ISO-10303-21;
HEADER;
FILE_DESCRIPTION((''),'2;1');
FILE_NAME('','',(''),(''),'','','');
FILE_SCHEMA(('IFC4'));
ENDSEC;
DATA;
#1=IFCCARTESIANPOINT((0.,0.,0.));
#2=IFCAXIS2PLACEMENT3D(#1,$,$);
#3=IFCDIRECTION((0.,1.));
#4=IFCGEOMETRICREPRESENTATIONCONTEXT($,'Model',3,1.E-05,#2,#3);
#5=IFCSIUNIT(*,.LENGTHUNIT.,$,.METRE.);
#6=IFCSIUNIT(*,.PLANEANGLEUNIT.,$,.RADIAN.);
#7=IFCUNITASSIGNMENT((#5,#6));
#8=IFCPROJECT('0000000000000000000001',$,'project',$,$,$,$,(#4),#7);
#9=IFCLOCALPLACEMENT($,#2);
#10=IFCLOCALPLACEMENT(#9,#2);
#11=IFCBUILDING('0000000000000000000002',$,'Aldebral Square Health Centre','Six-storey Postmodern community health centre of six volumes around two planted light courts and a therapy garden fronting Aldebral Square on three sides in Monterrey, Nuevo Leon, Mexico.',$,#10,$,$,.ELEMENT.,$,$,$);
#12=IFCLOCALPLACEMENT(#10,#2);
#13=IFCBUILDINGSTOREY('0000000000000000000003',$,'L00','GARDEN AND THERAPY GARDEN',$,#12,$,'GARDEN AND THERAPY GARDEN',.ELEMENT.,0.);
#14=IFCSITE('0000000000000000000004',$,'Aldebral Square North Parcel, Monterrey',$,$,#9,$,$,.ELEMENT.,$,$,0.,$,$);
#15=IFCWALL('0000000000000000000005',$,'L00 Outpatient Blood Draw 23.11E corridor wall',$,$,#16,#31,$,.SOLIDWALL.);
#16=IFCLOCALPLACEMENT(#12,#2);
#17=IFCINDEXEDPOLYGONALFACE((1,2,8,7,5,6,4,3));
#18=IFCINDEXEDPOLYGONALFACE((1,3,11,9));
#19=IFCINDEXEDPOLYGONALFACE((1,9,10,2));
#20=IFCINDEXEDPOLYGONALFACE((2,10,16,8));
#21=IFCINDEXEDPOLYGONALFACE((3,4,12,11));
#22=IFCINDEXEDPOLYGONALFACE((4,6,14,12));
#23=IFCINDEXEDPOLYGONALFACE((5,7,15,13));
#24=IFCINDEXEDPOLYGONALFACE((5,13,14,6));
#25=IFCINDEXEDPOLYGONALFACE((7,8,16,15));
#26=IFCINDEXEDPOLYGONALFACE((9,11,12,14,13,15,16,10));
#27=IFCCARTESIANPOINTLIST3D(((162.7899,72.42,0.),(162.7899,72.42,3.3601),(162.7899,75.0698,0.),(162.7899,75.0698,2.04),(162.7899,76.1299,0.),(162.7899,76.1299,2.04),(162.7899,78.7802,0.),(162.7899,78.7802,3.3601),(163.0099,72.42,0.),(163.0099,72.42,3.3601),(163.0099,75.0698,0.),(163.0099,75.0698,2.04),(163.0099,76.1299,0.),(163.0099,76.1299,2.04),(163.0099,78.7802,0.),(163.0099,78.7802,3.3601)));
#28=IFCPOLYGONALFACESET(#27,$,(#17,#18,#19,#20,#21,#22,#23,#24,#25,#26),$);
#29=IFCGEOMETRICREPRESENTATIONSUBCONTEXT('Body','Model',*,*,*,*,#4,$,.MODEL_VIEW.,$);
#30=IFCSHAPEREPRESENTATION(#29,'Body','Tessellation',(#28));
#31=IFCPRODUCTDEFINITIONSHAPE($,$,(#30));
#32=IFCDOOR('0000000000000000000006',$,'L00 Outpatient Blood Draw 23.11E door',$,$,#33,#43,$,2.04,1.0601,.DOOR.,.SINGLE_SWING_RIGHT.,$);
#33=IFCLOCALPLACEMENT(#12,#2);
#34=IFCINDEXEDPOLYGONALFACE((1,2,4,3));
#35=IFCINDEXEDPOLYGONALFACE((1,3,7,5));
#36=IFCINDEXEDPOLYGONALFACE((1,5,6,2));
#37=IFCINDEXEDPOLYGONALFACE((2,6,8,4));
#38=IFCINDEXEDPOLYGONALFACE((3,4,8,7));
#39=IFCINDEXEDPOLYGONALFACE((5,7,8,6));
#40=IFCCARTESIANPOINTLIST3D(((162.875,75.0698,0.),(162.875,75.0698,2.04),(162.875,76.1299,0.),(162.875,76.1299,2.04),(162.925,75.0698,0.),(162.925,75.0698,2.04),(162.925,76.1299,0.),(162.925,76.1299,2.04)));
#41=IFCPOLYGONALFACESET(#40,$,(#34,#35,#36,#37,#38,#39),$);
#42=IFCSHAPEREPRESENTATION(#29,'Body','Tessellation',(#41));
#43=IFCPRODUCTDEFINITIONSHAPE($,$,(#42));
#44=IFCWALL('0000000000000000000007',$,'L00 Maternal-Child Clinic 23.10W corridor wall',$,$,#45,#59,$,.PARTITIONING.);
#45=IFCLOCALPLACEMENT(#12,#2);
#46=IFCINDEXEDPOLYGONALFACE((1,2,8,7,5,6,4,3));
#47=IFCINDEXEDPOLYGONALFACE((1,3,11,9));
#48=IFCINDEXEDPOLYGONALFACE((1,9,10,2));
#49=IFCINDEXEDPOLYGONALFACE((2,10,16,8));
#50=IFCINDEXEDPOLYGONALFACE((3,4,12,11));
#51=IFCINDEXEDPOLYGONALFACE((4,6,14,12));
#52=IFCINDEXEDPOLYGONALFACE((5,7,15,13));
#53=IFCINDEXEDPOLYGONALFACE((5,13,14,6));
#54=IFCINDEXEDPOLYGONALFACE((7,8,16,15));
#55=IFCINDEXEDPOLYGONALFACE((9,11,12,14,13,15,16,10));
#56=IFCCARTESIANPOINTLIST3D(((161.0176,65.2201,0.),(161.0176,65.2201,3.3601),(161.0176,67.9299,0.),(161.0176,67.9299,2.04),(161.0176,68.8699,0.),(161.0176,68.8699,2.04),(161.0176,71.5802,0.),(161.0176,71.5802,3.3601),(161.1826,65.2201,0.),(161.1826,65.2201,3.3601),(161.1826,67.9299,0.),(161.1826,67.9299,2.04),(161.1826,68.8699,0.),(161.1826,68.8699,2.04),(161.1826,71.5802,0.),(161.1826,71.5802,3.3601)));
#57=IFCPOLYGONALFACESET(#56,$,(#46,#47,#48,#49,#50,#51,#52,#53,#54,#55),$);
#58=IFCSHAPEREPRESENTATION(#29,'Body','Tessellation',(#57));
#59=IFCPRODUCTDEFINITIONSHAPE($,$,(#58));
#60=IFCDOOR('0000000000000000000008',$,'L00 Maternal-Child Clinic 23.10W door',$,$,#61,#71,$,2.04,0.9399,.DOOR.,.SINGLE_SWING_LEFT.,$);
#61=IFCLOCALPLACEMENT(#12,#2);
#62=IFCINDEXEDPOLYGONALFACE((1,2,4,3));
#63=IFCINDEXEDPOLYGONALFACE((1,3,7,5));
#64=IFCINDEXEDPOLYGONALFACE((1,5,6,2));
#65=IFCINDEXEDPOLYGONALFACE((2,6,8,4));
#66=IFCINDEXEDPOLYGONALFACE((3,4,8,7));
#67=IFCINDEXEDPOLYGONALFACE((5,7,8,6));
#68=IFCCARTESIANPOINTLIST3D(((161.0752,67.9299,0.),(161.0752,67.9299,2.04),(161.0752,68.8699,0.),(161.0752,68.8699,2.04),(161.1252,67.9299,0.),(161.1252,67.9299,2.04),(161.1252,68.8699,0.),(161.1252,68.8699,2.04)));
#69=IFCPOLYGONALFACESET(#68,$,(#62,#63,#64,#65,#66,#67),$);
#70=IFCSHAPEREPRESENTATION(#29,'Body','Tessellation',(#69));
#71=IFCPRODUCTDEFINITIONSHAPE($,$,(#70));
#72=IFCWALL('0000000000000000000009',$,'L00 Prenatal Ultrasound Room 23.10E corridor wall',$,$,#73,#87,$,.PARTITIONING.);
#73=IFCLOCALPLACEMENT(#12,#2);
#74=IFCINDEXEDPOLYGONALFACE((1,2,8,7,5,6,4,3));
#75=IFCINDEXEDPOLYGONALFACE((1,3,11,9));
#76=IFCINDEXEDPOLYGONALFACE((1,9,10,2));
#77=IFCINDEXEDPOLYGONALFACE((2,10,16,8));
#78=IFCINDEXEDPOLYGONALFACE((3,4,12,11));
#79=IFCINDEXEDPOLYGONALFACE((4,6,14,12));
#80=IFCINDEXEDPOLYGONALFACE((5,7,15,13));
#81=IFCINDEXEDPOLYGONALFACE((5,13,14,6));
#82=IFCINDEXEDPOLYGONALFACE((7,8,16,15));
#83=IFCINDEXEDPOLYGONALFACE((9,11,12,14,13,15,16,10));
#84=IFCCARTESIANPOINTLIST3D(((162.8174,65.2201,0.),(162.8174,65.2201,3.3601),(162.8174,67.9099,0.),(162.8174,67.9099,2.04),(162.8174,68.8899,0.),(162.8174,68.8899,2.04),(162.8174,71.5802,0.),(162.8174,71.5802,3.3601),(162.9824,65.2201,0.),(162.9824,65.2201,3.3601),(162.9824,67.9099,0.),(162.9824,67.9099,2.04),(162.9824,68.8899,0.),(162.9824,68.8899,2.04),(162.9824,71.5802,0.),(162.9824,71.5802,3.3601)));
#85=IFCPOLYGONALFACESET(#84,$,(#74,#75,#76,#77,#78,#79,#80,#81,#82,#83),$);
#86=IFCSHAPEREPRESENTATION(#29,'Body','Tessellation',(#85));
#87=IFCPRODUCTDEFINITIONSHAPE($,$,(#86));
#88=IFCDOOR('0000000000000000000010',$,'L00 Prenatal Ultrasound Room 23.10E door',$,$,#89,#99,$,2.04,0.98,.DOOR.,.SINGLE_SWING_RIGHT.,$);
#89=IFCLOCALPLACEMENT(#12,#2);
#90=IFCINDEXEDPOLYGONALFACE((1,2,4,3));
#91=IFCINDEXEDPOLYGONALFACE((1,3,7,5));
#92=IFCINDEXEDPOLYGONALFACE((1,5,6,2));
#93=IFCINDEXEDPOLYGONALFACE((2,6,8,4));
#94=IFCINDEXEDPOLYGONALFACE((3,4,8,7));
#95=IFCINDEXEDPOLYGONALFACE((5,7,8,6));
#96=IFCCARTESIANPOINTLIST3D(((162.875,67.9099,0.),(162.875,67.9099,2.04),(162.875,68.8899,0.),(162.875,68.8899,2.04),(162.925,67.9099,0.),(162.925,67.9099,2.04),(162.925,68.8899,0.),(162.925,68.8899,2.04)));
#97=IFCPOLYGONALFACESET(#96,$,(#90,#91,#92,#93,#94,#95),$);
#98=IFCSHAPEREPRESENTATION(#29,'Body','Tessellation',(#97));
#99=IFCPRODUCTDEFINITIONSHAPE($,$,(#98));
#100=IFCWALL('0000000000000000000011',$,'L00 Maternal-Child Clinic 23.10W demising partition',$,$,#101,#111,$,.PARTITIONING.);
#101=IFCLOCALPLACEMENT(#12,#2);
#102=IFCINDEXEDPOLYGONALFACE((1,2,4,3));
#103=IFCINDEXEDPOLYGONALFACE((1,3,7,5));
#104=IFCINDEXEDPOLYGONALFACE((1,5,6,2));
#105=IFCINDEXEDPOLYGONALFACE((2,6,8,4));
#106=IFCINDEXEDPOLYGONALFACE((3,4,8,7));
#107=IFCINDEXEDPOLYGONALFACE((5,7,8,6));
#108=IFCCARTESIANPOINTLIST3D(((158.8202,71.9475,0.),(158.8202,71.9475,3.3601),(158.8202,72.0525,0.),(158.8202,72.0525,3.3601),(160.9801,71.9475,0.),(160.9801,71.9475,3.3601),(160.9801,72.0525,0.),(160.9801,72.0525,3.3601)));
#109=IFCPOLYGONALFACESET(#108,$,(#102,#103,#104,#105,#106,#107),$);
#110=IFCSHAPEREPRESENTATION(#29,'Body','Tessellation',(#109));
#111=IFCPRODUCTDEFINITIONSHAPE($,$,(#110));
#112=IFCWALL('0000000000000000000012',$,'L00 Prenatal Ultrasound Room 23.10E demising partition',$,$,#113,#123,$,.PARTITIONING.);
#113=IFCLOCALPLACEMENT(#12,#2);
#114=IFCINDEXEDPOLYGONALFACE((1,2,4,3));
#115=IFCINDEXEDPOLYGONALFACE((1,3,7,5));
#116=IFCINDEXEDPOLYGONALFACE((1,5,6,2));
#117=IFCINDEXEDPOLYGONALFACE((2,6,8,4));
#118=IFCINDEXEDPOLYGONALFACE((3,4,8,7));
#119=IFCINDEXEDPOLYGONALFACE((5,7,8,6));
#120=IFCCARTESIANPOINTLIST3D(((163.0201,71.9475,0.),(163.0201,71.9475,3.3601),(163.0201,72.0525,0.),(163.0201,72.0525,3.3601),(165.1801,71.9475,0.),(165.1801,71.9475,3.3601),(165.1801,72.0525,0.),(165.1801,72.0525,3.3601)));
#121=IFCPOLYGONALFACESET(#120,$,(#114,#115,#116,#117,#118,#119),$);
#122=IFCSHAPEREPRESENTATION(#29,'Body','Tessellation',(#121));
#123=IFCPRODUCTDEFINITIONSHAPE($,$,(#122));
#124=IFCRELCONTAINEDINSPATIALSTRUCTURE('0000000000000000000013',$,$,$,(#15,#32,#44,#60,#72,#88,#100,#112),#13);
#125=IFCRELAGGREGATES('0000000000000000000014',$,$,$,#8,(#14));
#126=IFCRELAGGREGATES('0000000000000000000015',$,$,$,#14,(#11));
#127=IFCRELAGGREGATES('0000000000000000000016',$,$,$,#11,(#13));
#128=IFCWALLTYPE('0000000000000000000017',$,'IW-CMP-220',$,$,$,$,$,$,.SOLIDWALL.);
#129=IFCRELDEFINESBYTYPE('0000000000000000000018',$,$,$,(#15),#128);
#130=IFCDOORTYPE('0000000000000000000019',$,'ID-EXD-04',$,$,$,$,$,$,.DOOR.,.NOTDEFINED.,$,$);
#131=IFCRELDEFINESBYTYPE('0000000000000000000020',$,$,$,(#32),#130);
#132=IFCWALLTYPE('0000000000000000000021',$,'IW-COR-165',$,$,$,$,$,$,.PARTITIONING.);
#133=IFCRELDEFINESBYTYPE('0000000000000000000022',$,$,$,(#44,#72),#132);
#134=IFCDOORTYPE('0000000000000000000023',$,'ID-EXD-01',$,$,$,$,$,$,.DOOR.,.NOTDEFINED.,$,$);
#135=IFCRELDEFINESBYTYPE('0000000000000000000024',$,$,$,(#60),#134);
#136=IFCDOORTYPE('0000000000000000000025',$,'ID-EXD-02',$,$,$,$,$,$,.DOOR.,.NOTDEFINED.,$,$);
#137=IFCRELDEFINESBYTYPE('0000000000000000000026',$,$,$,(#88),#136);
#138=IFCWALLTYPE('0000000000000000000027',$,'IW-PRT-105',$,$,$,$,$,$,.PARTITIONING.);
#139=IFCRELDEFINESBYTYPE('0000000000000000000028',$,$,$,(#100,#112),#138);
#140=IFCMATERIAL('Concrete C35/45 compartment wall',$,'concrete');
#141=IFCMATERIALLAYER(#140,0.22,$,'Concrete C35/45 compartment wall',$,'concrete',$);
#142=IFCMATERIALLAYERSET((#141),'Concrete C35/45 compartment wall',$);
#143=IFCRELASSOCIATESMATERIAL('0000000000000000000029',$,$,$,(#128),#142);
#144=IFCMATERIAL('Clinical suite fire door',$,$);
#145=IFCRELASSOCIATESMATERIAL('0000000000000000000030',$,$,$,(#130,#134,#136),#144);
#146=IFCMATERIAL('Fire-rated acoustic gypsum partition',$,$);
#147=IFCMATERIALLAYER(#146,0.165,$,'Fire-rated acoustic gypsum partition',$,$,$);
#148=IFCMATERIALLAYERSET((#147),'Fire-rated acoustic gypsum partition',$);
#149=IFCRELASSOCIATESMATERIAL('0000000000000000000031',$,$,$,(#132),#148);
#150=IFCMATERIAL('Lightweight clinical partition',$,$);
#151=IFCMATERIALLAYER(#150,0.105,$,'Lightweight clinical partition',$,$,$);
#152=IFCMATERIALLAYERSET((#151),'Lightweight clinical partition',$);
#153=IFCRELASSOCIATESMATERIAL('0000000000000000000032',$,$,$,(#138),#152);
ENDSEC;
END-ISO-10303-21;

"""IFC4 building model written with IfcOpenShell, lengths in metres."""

from ifc_helpers import new_model, si_unit, direction, frame, frame_2d, origin, place, context, subcontext, project, spatial, rectangle, extrude, material, layer, layer_set, type_object, element, fill, save


model = new_model("IFC4")

# Units and contexts
model_context = context("Model", 3, precision=1e-05, world=origin(), true_north=direction((0.0, 1.0)))
body_context = subcontext(model_context, "Body", "Model", "MODEL_VIEW")
ifc_project = project(units=[si_unit("LENGTHUNIT", "METRE"), si_unit("PLANEANGLEUNIT", "RADIAN")], contexts=[model_context])

# Site, building, storey
site_placement = place(None, origin())
site = spatial("IfcSite", under=ifc_project, at=site_placement, Name="Aldebral Square North Parcel, Monterrey", CompositionType="ELEMENT", RefElevation=0.0)
building_placement = place(site_placement, origin())
building = spatial("IfcBuilding", under=site, at=building_placement, Name="Aldebral Square Health Centre", Description="Six-storey Postmodern community health centre of six volumes around two planted light courts and a therapy garden fronting Aldebral Square on three sides in Monterrey, Nuevo Leon, Mexico.", CompositionType="ELEMENT")
storey_placement = place(building_placement, origin())
storey = spatial("IfcBuildingStorey", under=building, at=storey_placement, Name="L00", Description="GARDEN AND THERAPY GARDEN", LongName="GARDEN AND THERAPY GARDEN", CompositionType="ELEMENT", Elevation=0.0)

# Walls, openings, doors
ifc_material_1 = material(Name="Concrete C35/45 compartment wall", Category="concrete")
ifc_layer_1 = layer(ifc_material_1, 0.22, Name="Concrete C35/45 compartment wall", Category="concrete")
ifc_layer_set_1 = layer_set([ifc_layer_1], Name="Concrete C35/45 compartment wall")
wall_type_1 = type_object("IfcWallType", Name="IW-CMP-220", PredefinedType="SOLIDWALL", material=ifc_layer_set_1)
ifc_material_2 = material(Name="Clinical suite fire door")
wall_1_placement = place(storey_placement, frame((162.8999, 72.4199, 0.0), z_axis=(0.0, 0.0, 1.0), x_axis=(0.0, 1.0, 0.0)))
wall_1 = element("IfcWall", 1, at=wall_1_placement, inside=storey, type_object=wall_type_1, Name="L00 Outpatient Blood Draw 23.11E corridor wall", PredefinedType="SOLIDWALL", context=body_context, shape_type="SweptSolid", body=[
    extrude(rectangle(XDim=6.3601, YDim=0.22, at=frame_2d((3.1802, 0.0))), origin(), (0.0, 0.0, 1.0), 3.3601),
])
opening_1_placement = place(wall_1_placement, frame((2.6499, 0.0, 0.0)))
opening_1 = element("IfcOpeningElement", 2, at=opening_1_placement, cuts=wall_1, PredefinedType="OPENING", context=body_context, shape_type="SweptSolid", body=[
    extrude(rectangle(XDim=1.0601, YDim=2.04, at=frame_2d((0.53, 1.02))), frame((0.0, 0.1201, 0.0), z_axis=(0.0, -1.0, 0.0), x_axis=(1.0, 0.0, 0.0)), (0.0, 0.0, 1.0), 0.24),
])
door_type_1 = type_object("IfcDoorType", Name="ID-EXD-04", OperationType="NOTDEFINED", PredefinedType="DOOR", material=ifc_material_2)
door_1_placement = place(opening_1_placement, origin())
door_1 = element("IfcDoor", 3, at=door_1_placement, inside=storey, type_object=door_type_1, Name="L00 Outpatient Blood Draw 23.11E door", OperationType="SINGLE_SWING_RIGHT", OverallHeight=2.04, OverallWidth=1.0601, PredefinedType="DOOR", context=body_context, shape_type="SweptSolid", body=[
    extrude(rectangle(XDim=1.0601, YDim=2.04, at=frame_2d((0.53, 1.02))), frame((0.0, 0.0249, 0.0), z_axis=(0.0, -1.0, 0.0), x_axis=(1.0, 0.0, 0.0)), (0.0, 0.0, 1.0), 0.05),
])
fill(opening_1, door_1)
ifc_material_3 = material(Name="Fire-rated acoustic gypsum partition")
ifc_layer_2 = layer(ifc_material_3, 0.165, Name="Fire-rated acoustic gypsum partition")
ifc_layer_set_2 = layer_set([ifc_layer_2], Name="Fire-rated acoustic gypsum partition")
wall_type_2 = type_object("IfcWallType", Name="IW-COR-165", PredefinedType="PARTITIONING", material=ifc_layer_set_2)
wall_2_placement = place(storey_placement, frame((161.1001, 65.22, 0.0), z_axis=(0.0, 0.0, 1.0), x_axis=(0.0, 1.0, 0.0)))
wall_2 = element("IfcWall", 4, at=wall_2_placement, inside=storey, type_object=wall_type_2, Name="L00 Maternal-Child Clinic 23.10W corridor wall", PredefinedType="PARTITIONING", context=body_context, shape_type="SweptSolid", body=[
    extrude(rectangle(XDim=6.3601, YDim=0.165, at=frame_2d((3.1802, 0.0))), origin(), (0.0, 0.0, 1.0), 3.3601),
])
opening_2_placement = place(wall_2_placement, frame((2.71, 0.0, 0.0)))
opening_2 = element("IfcOpeningElement", 5, at=opening_2_placement, cuts=wall_2, PredefinedType="OPENING", context=body_context, shape_type="SweptSolid", body=[
    extrude(rectangle(XDim=0.9399, YDim=2.04, at=frame_2d((0.47, 1.02))), frame((0.0, 0.0925, 0.0), z_axis=(0.0, -1.0, 0.0), x_axis=(1.0, 0.0, 0.0)), (0.0, 0.0, 1.0), 0.1851),
])
door_type_2 = type_object("IfcDoorType", Name="ID-EXD-01", OperationType="NOTDEFINED", PredefinedType="DOOR", material=ifc_material_2)
door_2_placement = place(opening_2_placement, origin())
door_2 = element("IfcDoor", 6, at=door_2_placement, inside=storey, type_object=door_type_2, Name="L00 Maternal-Child Clinic 23.10W door", OperationType="SINGLE_SWING_LEFT", OverallHeight=2.04, OverallWidth=0.9399, PredefinedType="DOOR", context=body_context, shape_type="SweptSolid", body=[
    extrude(rectangle(XDim=0.9399, YDim=2.04, at=frame_2d((0.47, 1.02))), frame((0.0, 0.0249, 0.0), z_axis=(0.0, -1.0, 0.0), x_axis=(1.0, 0.0, 0.0)), (0.0, 0.0, 1.0), 0.05),
])
fill(opening_2, door_2)
wall_3_placement = place(storey_placement, frame((162.8999, 65.22, 0.0), z_axis=(0.0, 0.0, 1.0), x_axis=(0.0, 1.0, 0.0)))
wall_3 = element("IfcWall", 7, at=wall_3_placement, inside=storey, type_object=wall_type_2, Name="L00 Prenatal Ultrasound Room 23.10E corridor wall", PredefinedType="PARTITIONING", context=body_context, shape_type="SweptSolid", body=[
    extrude(rectangle(XDim=6.3601, YDim=0.165, at=frame_2d((3.1802, 0.0))), origin(), (0.0, 0.0, 1.0), 3.3601),
])
opening_3_placement = place(wall_3_placement, frame((2.6899, 0.0, 0.0)))
opening_3 = element("IfcOpeningElement", 8, at=opening_3_placement, cuts=wall_3, PredefinedType="OPENING", context=body_context, shape_type="SweptSolid", body=[
    extrude(rectangle(XDim=0.98, YDim=2.04, at=frame_2d((0.49, 1.02))), frame((0.0, 0.0925, 0.0), z_axis=(0.0, -1.0, 0.0), x_axis=(1.0, 0.0, 0.0)), (0.0, 0.0, 1.0), 0.1851),
])
door_type_3 = type_object("IfcDoorType", Name="ID-EXD-02", OperationType="NOTDEFINED", PredefinedType="DOOR", material=ifc_material_2)
door_3_placement = place(opening_3_placement, origin())
door_3 = element("IfcDoor", 9, at=door_3_placement, inside=storey, type_object=door_type_3, Name="L00 Prenatal Ultrasound Room 23.10E door", OperationType="SINGLE_SWING_RIGHT", OverallHeight=2.04, OverallWidth=0.98, PredefinedType="DOOR", context=body_context, shape_type="SweptSolid", body=[
    extrude(rectangle(XDim=0.98, YDim=2.04, at=frame_2d((0.49, 1.02))), frame((0.0, 0.0249, 0.0), z_axis=(0.0, -1.0, 0.0), x_axis=(1.0, 0.0, 0.0)), (0.0, 0.0, 1.0), 0.05),
])
fill(opening_3, door_3)

# Walls
ifc_material_4 = material(Name="Lightweight clinical partition")
ifc_layer_3 = layer(ifc_material_4, 0.105, Name="Lightweight clinical partition")
ifc_layer_set_3 = layer_set([ifc_layer_3], Name="Lightweight clinical partition")
wall_type_3 = type_object("IfcWallType", Name="IW-PRT-105", PredefinedType="PARTITIONING", material=ifc_layer_set_3)
for number, where, z_axis, x_axis, name in (
    (10, (158.8201, 72.0, 0.0), (0.0, 0.0, 1.0), (1.0, 0.0, 0.0), "L00 Maternal-Child Clinic 23.10W demising partition"),
    (11, (163.02, 72.0, 0.0), (0.0, 0.0, 1.0), (1.0, 0.0, 0.0), "L00 Prenatal Ultrasound Room 23.10E demising partition"),
):
    element("IfcWall", number, at=place(storey_placement, frame(where, z_axis=z_axis, x_axis=x_axis)), inside=storey, type_object=wall_type_3, Name=name, PredefinedType="PARTITIONING", context=body_context, shape_type="SweptSolid", body=[
        extrude(rectangle(XDim=2.1599, YDim=0.105, at=frame_2d((1.0801, 0.0))), origin(), (0.0, 0.0, 1.0), 3.3601),
    ])

save(model, "model.ifc")
